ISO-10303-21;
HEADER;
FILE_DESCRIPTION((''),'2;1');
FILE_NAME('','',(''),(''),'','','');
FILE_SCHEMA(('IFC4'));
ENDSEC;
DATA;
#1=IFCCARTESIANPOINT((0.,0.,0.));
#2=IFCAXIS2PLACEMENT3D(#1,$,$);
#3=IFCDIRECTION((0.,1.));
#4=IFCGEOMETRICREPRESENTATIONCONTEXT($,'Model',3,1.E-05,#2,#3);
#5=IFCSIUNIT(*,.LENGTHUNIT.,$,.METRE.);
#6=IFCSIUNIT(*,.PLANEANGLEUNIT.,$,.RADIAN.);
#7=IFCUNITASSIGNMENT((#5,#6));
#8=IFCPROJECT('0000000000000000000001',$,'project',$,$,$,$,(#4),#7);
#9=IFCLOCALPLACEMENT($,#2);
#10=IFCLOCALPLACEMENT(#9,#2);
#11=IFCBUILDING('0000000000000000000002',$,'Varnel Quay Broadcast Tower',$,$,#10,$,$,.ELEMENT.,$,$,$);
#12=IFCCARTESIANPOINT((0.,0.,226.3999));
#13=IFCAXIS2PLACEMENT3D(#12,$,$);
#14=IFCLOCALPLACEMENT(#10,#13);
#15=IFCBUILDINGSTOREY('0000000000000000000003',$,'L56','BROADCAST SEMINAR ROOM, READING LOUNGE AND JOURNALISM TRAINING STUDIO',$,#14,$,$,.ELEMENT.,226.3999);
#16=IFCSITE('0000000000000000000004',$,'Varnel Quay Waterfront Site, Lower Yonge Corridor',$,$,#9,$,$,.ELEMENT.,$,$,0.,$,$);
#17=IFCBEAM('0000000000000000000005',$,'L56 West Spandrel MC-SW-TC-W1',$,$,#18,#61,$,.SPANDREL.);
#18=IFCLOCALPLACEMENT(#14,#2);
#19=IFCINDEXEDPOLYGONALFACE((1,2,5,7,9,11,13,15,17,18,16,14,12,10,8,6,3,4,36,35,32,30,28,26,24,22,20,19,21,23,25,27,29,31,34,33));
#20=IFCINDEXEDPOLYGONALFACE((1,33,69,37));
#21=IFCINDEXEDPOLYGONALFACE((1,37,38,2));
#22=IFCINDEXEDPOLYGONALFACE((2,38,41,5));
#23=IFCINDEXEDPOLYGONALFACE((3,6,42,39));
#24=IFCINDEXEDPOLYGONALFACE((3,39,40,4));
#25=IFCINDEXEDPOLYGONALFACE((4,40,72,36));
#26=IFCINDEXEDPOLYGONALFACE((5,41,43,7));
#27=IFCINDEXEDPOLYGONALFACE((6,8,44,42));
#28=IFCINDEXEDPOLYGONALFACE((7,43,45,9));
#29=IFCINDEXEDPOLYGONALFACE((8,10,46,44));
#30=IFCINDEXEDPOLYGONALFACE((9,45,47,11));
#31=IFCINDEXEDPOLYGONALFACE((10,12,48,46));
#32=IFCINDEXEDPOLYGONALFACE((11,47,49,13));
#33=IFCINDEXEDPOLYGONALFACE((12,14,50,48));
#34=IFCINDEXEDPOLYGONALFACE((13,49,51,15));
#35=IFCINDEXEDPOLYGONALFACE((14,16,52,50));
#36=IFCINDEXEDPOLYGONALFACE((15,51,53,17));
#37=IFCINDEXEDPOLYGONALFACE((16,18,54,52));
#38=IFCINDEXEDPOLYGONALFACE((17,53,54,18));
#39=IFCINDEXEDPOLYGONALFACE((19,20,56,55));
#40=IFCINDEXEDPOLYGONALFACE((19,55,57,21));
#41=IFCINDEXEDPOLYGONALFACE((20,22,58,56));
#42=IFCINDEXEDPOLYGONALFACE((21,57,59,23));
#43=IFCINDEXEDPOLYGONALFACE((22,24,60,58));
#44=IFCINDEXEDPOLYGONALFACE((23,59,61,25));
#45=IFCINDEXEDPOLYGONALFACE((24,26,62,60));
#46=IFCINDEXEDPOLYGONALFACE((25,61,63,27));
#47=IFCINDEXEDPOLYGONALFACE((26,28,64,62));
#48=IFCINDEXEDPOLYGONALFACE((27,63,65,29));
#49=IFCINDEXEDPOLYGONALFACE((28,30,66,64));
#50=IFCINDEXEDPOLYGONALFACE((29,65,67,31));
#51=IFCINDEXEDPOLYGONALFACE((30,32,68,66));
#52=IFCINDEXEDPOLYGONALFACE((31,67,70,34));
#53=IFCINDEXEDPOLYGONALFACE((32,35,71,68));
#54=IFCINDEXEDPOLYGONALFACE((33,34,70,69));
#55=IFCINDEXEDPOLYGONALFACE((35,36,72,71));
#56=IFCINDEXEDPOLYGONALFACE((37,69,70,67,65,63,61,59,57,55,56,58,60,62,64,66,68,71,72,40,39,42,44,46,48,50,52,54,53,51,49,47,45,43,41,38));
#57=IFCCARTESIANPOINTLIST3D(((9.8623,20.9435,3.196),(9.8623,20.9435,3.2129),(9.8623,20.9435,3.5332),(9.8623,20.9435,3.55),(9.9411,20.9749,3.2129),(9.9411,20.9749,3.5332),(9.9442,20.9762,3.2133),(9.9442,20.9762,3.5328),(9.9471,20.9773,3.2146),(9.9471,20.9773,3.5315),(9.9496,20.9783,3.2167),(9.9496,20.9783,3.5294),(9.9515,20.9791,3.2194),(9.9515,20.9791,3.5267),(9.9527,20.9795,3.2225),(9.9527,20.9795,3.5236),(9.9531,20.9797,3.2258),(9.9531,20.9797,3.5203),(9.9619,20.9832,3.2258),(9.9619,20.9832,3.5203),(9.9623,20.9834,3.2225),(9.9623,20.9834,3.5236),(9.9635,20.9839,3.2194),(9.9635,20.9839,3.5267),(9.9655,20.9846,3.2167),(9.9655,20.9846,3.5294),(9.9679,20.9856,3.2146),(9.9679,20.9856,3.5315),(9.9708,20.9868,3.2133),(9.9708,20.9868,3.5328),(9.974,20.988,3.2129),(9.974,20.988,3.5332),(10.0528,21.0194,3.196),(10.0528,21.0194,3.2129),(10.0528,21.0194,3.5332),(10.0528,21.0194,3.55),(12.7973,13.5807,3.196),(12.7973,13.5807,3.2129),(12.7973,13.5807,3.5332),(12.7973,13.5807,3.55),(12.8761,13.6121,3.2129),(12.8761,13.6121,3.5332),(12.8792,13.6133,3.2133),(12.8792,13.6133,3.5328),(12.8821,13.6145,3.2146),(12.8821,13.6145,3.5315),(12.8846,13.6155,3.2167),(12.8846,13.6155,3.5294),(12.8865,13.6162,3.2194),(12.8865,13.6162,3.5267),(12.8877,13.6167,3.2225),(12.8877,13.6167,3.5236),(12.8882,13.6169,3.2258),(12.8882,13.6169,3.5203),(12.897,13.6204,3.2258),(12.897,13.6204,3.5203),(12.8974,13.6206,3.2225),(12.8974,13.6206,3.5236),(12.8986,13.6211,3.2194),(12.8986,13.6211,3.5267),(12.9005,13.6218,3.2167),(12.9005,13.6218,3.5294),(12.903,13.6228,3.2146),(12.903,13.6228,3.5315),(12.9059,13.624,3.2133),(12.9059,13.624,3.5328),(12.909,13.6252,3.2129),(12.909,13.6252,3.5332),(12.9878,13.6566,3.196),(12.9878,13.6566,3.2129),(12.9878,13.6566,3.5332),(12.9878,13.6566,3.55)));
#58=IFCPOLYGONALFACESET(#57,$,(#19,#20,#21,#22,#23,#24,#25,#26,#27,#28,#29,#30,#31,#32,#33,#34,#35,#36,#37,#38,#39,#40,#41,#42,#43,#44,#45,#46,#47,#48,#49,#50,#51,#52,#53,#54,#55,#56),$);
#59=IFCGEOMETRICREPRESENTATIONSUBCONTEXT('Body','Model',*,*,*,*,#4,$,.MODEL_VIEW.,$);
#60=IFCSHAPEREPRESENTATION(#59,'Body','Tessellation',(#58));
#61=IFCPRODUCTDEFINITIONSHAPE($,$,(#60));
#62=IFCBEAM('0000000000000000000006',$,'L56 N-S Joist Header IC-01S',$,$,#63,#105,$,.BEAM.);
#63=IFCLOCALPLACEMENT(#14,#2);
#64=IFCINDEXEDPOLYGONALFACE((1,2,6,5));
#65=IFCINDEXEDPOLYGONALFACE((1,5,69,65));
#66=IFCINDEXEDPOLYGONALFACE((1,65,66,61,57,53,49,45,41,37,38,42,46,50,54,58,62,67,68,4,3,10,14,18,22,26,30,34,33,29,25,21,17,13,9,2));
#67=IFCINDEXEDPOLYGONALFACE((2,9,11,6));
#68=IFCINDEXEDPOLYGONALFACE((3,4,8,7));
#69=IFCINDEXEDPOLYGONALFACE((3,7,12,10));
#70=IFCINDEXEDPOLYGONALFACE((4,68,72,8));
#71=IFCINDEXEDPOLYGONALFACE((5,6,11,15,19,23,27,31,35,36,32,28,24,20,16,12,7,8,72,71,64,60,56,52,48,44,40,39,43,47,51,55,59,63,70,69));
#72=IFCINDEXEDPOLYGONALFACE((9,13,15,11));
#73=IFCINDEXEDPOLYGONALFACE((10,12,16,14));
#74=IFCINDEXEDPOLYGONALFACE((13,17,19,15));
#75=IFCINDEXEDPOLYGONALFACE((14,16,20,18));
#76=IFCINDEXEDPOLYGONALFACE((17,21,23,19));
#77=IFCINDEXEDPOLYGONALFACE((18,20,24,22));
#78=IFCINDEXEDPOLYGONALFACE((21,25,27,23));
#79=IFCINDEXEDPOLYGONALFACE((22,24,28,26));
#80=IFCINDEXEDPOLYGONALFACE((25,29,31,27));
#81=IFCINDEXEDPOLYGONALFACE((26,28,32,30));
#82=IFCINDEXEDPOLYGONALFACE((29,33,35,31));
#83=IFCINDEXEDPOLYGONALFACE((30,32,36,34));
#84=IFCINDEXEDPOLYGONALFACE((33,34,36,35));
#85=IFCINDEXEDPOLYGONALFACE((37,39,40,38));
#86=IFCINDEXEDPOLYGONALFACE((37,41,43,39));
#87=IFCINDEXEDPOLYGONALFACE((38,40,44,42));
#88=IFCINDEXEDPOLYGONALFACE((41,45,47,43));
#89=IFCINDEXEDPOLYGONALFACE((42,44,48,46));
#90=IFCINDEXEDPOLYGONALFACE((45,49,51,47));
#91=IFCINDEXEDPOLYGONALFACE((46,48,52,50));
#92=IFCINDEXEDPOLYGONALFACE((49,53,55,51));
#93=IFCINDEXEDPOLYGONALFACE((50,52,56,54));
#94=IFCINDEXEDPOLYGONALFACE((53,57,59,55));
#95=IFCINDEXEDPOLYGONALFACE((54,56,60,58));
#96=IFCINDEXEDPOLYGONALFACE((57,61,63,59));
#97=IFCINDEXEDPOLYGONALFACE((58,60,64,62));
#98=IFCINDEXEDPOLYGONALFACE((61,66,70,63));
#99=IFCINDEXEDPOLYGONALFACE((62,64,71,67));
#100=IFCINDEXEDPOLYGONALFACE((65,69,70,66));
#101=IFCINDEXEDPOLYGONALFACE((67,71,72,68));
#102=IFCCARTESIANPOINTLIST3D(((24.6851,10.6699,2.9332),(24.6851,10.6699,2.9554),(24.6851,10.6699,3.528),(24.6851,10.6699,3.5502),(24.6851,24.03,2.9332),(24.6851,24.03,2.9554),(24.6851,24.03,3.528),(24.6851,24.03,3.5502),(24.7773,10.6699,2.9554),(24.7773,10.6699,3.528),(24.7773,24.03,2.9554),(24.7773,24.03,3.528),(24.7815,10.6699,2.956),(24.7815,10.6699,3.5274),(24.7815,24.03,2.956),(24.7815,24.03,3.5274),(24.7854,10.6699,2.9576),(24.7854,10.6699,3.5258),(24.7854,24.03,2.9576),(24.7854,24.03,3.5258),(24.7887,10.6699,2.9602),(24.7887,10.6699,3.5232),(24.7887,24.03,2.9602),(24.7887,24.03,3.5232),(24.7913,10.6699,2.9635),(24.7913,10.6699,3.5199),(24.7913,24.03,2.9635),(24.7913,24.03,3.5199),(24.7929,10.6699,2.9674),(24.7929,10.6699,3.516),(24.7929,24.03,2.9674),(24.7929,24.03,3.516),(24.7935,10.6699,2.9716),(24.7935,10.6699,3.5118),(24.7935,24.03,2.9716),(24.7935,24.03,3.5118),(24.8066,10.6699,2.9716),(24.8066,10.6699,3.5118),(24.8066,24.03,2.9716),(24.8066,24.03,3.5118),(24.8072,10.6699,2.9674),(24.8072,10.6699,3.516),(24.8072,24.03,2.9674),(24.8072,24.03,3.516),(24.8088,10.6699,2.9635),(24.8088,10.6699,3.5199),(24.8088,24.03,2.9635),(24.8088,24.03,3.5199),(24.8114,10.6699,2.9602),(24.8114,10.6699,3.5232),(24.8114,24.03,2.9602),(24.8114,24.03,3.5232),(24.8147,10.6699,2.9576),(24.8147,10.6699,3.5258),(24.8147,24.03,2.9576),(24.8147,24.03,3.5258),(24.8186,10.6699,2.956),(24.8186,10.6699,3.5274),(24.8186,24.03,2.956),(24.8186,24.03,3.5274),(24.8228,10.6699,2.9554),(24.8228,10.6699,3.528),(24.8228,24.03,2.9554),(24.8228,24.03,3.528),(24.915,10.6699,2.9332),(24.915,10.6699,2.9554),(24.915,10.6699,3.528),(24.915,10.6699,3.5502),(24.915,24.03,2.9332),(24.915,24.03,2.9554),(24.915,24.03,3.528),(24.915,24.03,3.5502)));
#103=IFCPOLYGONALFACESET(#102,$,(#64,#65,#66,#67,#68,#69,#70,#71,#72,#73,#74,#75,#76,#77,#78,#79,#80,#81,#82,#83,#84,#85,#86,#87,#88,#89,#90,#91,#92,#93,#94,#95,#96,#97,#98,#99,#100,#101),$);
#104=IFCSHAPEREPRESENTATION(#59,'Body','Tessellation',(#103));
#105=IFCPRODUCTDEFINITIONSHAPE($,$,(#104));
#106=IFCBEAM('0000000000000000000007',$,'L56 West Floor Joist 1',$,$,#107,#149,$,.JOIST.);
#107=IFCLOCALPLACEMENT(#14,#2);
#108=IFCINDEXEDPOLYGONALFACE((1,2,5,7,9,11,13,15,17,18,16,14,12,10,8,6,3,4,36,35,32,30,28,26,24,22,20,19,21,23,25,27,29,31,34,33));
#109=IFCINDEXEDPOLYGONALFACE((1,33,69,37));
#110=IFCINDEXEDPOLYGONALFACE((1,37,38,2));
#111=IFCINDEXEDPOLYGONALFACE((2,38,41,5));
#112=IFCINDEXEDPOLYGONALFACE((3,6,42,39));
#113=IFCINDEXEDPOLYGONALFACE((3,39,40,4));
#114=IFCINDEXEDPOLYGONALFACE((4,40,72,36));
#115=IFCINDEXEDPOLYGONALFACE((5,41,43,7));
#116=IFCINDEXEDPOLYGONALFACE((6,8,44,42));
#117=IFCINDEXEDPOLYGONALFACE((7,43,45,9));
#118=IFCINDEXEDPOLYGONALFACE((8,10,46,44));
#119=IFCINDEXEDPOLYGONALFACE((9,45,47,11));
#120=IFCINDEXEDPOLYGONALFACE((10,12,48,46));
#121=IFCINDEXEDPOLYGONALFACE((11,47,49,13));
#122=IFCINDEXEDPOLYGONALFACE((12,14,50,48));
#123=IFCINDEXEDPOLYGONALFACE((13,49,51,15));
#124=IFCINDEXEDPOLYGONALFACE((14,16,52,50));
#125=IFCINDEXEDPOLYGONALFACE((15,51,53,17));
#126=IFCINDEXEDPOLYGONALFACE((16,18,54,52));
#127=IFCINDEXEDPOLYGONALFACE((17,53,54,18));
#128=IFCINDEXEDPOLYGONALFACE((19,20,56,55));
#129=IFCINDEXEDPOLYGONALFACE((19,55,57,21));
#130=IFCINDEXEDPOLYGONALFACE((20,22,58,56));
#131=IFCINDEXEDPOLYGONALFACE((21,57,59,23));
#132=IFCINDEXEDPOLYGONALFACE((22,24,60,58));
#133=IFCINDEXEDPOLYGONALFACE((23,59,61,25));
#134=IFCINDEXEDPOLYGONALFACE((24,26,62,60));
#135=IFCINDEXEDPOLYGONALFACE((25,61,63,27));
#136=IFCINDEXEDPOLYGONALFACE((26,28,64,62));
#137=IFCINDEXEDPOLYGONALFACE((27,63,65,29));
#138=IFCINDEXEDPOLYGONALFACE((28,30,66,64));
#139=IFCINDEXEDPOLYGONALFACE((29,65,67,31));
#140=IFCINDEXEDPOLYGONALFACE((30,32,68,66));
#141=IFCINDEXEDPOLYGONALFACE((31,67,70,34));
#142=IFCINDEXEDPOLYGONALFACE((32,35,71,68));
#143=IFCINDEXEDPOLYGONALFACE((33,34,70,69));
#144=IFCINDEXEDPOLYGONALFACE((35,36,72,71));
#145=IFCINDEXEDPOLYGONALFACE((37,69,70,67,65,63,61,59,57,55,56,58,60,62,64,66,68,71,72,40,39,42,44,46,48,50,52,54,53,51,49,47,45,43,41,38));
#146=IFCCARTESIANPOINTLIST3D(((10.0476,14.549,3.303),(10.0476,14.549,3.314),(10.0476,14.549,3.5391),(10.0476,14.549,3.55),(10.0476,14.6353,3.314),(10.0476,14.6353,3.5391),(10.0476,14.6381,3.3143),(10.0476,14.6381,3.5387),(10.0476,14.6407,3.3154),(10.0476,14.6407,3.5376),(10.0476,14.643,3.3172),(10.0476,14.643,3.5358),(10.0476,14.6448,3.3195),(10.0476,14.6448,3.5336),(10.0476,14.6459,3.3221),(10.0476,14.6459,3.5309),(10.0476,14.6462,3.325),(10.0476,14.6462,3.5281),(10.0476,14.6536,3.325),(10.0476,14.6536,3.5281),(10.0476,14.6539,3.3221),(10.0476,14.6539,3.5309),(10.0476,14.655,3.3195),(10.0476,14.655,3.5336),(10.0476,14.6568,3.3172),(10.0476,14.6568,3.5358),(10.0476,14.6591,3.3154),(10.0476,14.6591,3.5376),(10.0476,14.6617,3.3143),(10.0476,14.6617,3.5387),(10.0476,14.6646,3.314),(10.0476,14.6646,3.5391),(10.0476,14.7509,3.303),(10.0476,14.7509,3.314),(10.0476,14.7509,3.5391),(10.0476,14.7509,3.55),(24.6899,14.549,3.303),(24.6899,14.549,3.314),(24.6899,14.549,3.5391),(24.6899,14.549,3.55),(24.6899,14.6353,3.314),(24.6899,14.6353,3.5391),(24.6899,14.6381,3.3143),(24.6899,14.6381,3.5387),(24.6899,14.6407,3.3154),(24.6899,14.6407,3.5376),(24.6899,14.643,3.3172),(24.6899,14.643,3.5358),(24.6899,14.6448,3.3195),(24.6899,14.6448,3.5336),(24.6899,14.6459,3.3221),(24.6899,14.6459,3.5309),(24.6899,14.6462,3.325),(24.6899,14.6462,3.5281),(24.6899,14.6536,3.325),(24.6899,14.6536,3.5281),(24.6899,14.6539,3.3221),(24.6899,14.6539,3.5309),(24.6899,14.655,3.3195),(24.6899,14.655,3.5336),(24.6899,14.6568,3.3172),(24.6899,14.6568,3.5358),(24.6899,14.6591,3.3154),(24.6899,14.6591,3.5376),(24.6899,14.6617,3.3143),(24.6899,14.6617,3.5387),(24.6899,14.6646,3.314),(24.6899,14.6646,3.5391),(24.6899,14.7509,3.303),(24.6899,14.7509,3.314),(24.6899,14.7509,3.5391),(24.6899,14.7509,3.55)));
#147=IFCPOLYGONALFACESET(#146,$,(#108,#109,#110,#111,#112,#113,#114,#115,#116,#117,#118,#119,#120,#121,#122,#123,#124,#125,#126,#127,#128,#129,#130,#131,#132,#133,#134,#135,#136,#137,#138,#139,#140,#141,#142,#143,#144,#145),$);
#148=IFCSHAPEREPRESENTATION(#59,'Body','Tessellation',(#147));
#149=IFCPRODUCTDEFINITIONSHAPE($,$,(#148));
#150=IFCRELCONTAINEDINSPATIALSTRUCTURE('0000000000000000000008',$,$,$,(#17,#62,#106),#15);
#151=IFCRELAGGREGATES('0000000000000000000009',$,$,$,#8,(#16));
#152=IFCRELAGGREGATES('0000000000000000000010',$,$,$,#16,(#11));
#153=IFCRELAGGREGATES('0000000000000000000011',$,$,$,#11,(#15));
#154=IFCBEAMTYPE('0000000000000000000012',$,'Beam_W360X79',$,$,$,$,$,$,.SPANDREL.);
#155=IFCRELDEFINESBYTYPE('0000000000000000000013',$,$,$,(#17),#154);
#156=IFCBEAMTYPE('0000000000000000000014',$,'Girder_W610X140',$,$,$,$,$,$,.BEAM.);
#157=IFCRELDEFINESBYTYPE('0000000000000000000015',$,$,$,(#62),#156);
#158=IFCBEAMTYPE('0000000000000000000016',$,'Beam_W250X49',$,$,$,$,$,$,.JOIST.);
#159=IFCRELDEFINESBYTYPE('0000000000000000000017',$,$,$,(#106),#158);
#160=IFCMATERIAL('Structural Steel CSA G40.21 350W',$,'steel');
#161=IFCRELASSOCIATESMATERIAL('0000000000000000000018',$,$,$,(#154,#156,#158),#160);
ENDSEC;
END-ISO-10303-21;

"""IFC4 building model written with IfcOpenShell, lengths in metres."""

from ifc_helpers import new_model, si_unit, direction, frame, origin, origin_2d, place, context, subcontext, project, spatial, i_section, extrude, source, transform, mapped, material, material_profile, profile_set, type_object, type_shapes, element, save


model = new_model("IFC4")

# Units and contexts
model_context = context("Model", 3, precision=1e-05, world=origin(), true_north=direction((0.0, 1.0)))
body_context = subcontext(model_context, "Body", "Model", "MODEL_VIEW")
ifc_project = project(units=[si_unit("LENGTHUNIT", "METRE"), si_unit("PLANEANGLEUNIT", "RADIAN")], contexts=[model_context])

# Site, building, storey
site_placement = place(None, origin())
site = spatial("IfcSite", under=ifc_project, at=site_placement, Name="Varnel Quay Waterfront Site, Lower Yonge Corridor", CompositionType="ELEMENT", RefElevation=0.0)
building_placement = place(site_placement, origin())
building = spatial("IfcBuilding", under=site, at=building_placement, Name="Varnel Quay Broadcast Tower", CompositionType="ELEMENT")
storey_placement = place(building_placement, frame((0.0, 0.0, 226.3999)))
storey = spatial("IfcBuildingStorey", under=building, at=storey_placement, Name="L56", Description="BROADCAST SEMINAR ROOM, READING LOUNGE AND JOURNALISM TRAINING STUDIO", CompositionType="ELEMENT", Elevation=226.3999)

# Shared definitions
ifc_material_1 = material(Name="Structural Steel CSA G40.21 350W", Category="steel")

# Beams
ifc_material_profile_1 = material_profile(ifc_material_1, i_section(OverallWidth=0.2051, OverallDepth=0.354, WebThickness=0.0095, FlangeThickness=0.0168, FilletRadius=0.0129, at=origin_2d()), Name="W360X79")
ifc_profile_set_1 = profile_set([ifc_material_profile_1], Name="Structural Steel CSA G40.21 350W")
beam_type_1 = type_object("IfcBeamType", Name="Beam_W360X79", PredefinedType="SPANDREL", material=ifc_profile_set_1)
shared_shape_1 = source(origin(), body_context, "Body", "SweptSolid", [
    extrude(i_section(OverallWidth=0.2051, OverallDepth=0.354, WebThickness=0.0095, FlangeThickness=0.0168, FilletRadius=0.0129, at=origin_2d()), origin(), (0.0, 0.0, 1.0), 7.9263),
])
beam_1_placement = place(storey_placement, frame((12.8926, 13.6187, 3.373), z_axis=(-0.370296, 0.928914, 0.0), x_axis=(-0.928914, -0.370296, 0.0)))
element("IfcBeam", 1, at=beam_1_placement, inside=storey, type_object=beam_type_1, Name="L56 West Spandrel MC-SW-TC-W1", PredefinedType="SPANDREL", context=body_context, shape_type="MappedRepresentation", body=[
    mapped(shared_shape_1, transform((0.0, 0.0, 0.0), x_axis=(1.0, 0.0, 0.0), y_axis=(0.0, 1.0, 0.0), z_axis=(0.0, 0.0, 1.0), scale=1.0)),
])
ifc_material_profile_2 = material_profile(ifc_material_1, i_section(OverallWidth=0.23, OverallDepth=0.6169, WebThickness=0.0132, FlangeThickness=0.0222, FilletRadius=0.0161, at=origin_2d()), Name="W610X140")
ifc_profile_set_2 = profile_set([ifc_material_profile_2], Name="Structural Steel CSA G40.21 350W")
beam_type_2 = type_object("IfcBeamType", Name="Girder_W610X140", PredefinedType="BEAM", material=ifc_profile_set_2)
shared_shape_2 = source(origin(), body_context, "Body", "SweptSolid", [
    extrude(i_section(OverallWidth=0.23, OverallDepth=0.6169, WebThickness=0.0132, FlangeThickness=0.0222, FilletRadius=0.0161, at=origin_2d()), origin(), (0.0, 0.0, 1.0), 13.3601),
])
type_shapes(beam_type_2, [shared_shape_2])
beam_2_placement = place(storey_placement, frame((24.8, 10.6699, 3.2417), z_axis=(0.0, 1.0, 0.0), x_axis=(-1.0, 0.0, 0.0)))
element("IfcBeam", 2, at=beam_2_placement, inside=storey, type_object=beam_type_2, Name="L56 N-S Joist Header IC-01S", PredefinedType="BEAM", context=body_context, shape_type="MappedRepresentation", body=[
    mapped(shared_shape_2, transform((0.0, 0.0, 0.0), x_axis=(1.0, 0.0, 0.0), y_axis=(0.0, 1.0, 0.0), z_axis=(0.0, 0.0, 1.0), scale=1.0)),
])
ifc_material_profile_3 = material_profile(ifc_material_1, i_section(OverallWidth=0.2019, OverallDepth=0.2471, WebThickness=0.0073, FlangeThickness=0.011, FilletRadius=0.011, at=origin_2d()), Name="W250X49")
ifc_profile_set_3 = profile_set([ifc_material_profile_3], Name="Structural Steel CSA G40.21 350W")
beam_type_3 = type_object("IfcBeamType", Name="Beam_W250X49", PredefinedType="JOIST", material=ifc_profile_set_3)
shared_shape_3 = source(origin(), body_context, "Body", "SweptSolid", [
    extrude(i_section(OverallWidth=0.2019, OverallDepth=0.2471, WebThickness=0.0073, FlangeThickness=0.011, FilletRadius=0.011, at=origin_2d()), origin(), (0.0, 0.0, 1.0), 14.6423),
])
for number, where, z_axis, x_axis, name in (
    (3, (10.0476, 14.6499, 3.4265), (1.0, 0.0, 0.0), (0.0, 1.0, 0.0), "L56 West Floor Joist 1"),
):
    element("IfcBeam", number, at=place(storey_placement, frame(where, z_axis=z_axis, x_axis=x_axis)), inside=storey, type_object=beam_type_3, Name=name, PredefinedType="JOIST", context=body_context, shape_type="MappedRepresentation", body=[
        mapped(shared_shape_3, transform((0.0, 0.0, 0.0), x_axis=(1.0, 0.0, 0.0), y_axis=(0.0, 1.0, 0.0), z_axis=(0.0, 0.0, 1.0), scale=1.0)),
    ])

save(model, "model.ifc")
